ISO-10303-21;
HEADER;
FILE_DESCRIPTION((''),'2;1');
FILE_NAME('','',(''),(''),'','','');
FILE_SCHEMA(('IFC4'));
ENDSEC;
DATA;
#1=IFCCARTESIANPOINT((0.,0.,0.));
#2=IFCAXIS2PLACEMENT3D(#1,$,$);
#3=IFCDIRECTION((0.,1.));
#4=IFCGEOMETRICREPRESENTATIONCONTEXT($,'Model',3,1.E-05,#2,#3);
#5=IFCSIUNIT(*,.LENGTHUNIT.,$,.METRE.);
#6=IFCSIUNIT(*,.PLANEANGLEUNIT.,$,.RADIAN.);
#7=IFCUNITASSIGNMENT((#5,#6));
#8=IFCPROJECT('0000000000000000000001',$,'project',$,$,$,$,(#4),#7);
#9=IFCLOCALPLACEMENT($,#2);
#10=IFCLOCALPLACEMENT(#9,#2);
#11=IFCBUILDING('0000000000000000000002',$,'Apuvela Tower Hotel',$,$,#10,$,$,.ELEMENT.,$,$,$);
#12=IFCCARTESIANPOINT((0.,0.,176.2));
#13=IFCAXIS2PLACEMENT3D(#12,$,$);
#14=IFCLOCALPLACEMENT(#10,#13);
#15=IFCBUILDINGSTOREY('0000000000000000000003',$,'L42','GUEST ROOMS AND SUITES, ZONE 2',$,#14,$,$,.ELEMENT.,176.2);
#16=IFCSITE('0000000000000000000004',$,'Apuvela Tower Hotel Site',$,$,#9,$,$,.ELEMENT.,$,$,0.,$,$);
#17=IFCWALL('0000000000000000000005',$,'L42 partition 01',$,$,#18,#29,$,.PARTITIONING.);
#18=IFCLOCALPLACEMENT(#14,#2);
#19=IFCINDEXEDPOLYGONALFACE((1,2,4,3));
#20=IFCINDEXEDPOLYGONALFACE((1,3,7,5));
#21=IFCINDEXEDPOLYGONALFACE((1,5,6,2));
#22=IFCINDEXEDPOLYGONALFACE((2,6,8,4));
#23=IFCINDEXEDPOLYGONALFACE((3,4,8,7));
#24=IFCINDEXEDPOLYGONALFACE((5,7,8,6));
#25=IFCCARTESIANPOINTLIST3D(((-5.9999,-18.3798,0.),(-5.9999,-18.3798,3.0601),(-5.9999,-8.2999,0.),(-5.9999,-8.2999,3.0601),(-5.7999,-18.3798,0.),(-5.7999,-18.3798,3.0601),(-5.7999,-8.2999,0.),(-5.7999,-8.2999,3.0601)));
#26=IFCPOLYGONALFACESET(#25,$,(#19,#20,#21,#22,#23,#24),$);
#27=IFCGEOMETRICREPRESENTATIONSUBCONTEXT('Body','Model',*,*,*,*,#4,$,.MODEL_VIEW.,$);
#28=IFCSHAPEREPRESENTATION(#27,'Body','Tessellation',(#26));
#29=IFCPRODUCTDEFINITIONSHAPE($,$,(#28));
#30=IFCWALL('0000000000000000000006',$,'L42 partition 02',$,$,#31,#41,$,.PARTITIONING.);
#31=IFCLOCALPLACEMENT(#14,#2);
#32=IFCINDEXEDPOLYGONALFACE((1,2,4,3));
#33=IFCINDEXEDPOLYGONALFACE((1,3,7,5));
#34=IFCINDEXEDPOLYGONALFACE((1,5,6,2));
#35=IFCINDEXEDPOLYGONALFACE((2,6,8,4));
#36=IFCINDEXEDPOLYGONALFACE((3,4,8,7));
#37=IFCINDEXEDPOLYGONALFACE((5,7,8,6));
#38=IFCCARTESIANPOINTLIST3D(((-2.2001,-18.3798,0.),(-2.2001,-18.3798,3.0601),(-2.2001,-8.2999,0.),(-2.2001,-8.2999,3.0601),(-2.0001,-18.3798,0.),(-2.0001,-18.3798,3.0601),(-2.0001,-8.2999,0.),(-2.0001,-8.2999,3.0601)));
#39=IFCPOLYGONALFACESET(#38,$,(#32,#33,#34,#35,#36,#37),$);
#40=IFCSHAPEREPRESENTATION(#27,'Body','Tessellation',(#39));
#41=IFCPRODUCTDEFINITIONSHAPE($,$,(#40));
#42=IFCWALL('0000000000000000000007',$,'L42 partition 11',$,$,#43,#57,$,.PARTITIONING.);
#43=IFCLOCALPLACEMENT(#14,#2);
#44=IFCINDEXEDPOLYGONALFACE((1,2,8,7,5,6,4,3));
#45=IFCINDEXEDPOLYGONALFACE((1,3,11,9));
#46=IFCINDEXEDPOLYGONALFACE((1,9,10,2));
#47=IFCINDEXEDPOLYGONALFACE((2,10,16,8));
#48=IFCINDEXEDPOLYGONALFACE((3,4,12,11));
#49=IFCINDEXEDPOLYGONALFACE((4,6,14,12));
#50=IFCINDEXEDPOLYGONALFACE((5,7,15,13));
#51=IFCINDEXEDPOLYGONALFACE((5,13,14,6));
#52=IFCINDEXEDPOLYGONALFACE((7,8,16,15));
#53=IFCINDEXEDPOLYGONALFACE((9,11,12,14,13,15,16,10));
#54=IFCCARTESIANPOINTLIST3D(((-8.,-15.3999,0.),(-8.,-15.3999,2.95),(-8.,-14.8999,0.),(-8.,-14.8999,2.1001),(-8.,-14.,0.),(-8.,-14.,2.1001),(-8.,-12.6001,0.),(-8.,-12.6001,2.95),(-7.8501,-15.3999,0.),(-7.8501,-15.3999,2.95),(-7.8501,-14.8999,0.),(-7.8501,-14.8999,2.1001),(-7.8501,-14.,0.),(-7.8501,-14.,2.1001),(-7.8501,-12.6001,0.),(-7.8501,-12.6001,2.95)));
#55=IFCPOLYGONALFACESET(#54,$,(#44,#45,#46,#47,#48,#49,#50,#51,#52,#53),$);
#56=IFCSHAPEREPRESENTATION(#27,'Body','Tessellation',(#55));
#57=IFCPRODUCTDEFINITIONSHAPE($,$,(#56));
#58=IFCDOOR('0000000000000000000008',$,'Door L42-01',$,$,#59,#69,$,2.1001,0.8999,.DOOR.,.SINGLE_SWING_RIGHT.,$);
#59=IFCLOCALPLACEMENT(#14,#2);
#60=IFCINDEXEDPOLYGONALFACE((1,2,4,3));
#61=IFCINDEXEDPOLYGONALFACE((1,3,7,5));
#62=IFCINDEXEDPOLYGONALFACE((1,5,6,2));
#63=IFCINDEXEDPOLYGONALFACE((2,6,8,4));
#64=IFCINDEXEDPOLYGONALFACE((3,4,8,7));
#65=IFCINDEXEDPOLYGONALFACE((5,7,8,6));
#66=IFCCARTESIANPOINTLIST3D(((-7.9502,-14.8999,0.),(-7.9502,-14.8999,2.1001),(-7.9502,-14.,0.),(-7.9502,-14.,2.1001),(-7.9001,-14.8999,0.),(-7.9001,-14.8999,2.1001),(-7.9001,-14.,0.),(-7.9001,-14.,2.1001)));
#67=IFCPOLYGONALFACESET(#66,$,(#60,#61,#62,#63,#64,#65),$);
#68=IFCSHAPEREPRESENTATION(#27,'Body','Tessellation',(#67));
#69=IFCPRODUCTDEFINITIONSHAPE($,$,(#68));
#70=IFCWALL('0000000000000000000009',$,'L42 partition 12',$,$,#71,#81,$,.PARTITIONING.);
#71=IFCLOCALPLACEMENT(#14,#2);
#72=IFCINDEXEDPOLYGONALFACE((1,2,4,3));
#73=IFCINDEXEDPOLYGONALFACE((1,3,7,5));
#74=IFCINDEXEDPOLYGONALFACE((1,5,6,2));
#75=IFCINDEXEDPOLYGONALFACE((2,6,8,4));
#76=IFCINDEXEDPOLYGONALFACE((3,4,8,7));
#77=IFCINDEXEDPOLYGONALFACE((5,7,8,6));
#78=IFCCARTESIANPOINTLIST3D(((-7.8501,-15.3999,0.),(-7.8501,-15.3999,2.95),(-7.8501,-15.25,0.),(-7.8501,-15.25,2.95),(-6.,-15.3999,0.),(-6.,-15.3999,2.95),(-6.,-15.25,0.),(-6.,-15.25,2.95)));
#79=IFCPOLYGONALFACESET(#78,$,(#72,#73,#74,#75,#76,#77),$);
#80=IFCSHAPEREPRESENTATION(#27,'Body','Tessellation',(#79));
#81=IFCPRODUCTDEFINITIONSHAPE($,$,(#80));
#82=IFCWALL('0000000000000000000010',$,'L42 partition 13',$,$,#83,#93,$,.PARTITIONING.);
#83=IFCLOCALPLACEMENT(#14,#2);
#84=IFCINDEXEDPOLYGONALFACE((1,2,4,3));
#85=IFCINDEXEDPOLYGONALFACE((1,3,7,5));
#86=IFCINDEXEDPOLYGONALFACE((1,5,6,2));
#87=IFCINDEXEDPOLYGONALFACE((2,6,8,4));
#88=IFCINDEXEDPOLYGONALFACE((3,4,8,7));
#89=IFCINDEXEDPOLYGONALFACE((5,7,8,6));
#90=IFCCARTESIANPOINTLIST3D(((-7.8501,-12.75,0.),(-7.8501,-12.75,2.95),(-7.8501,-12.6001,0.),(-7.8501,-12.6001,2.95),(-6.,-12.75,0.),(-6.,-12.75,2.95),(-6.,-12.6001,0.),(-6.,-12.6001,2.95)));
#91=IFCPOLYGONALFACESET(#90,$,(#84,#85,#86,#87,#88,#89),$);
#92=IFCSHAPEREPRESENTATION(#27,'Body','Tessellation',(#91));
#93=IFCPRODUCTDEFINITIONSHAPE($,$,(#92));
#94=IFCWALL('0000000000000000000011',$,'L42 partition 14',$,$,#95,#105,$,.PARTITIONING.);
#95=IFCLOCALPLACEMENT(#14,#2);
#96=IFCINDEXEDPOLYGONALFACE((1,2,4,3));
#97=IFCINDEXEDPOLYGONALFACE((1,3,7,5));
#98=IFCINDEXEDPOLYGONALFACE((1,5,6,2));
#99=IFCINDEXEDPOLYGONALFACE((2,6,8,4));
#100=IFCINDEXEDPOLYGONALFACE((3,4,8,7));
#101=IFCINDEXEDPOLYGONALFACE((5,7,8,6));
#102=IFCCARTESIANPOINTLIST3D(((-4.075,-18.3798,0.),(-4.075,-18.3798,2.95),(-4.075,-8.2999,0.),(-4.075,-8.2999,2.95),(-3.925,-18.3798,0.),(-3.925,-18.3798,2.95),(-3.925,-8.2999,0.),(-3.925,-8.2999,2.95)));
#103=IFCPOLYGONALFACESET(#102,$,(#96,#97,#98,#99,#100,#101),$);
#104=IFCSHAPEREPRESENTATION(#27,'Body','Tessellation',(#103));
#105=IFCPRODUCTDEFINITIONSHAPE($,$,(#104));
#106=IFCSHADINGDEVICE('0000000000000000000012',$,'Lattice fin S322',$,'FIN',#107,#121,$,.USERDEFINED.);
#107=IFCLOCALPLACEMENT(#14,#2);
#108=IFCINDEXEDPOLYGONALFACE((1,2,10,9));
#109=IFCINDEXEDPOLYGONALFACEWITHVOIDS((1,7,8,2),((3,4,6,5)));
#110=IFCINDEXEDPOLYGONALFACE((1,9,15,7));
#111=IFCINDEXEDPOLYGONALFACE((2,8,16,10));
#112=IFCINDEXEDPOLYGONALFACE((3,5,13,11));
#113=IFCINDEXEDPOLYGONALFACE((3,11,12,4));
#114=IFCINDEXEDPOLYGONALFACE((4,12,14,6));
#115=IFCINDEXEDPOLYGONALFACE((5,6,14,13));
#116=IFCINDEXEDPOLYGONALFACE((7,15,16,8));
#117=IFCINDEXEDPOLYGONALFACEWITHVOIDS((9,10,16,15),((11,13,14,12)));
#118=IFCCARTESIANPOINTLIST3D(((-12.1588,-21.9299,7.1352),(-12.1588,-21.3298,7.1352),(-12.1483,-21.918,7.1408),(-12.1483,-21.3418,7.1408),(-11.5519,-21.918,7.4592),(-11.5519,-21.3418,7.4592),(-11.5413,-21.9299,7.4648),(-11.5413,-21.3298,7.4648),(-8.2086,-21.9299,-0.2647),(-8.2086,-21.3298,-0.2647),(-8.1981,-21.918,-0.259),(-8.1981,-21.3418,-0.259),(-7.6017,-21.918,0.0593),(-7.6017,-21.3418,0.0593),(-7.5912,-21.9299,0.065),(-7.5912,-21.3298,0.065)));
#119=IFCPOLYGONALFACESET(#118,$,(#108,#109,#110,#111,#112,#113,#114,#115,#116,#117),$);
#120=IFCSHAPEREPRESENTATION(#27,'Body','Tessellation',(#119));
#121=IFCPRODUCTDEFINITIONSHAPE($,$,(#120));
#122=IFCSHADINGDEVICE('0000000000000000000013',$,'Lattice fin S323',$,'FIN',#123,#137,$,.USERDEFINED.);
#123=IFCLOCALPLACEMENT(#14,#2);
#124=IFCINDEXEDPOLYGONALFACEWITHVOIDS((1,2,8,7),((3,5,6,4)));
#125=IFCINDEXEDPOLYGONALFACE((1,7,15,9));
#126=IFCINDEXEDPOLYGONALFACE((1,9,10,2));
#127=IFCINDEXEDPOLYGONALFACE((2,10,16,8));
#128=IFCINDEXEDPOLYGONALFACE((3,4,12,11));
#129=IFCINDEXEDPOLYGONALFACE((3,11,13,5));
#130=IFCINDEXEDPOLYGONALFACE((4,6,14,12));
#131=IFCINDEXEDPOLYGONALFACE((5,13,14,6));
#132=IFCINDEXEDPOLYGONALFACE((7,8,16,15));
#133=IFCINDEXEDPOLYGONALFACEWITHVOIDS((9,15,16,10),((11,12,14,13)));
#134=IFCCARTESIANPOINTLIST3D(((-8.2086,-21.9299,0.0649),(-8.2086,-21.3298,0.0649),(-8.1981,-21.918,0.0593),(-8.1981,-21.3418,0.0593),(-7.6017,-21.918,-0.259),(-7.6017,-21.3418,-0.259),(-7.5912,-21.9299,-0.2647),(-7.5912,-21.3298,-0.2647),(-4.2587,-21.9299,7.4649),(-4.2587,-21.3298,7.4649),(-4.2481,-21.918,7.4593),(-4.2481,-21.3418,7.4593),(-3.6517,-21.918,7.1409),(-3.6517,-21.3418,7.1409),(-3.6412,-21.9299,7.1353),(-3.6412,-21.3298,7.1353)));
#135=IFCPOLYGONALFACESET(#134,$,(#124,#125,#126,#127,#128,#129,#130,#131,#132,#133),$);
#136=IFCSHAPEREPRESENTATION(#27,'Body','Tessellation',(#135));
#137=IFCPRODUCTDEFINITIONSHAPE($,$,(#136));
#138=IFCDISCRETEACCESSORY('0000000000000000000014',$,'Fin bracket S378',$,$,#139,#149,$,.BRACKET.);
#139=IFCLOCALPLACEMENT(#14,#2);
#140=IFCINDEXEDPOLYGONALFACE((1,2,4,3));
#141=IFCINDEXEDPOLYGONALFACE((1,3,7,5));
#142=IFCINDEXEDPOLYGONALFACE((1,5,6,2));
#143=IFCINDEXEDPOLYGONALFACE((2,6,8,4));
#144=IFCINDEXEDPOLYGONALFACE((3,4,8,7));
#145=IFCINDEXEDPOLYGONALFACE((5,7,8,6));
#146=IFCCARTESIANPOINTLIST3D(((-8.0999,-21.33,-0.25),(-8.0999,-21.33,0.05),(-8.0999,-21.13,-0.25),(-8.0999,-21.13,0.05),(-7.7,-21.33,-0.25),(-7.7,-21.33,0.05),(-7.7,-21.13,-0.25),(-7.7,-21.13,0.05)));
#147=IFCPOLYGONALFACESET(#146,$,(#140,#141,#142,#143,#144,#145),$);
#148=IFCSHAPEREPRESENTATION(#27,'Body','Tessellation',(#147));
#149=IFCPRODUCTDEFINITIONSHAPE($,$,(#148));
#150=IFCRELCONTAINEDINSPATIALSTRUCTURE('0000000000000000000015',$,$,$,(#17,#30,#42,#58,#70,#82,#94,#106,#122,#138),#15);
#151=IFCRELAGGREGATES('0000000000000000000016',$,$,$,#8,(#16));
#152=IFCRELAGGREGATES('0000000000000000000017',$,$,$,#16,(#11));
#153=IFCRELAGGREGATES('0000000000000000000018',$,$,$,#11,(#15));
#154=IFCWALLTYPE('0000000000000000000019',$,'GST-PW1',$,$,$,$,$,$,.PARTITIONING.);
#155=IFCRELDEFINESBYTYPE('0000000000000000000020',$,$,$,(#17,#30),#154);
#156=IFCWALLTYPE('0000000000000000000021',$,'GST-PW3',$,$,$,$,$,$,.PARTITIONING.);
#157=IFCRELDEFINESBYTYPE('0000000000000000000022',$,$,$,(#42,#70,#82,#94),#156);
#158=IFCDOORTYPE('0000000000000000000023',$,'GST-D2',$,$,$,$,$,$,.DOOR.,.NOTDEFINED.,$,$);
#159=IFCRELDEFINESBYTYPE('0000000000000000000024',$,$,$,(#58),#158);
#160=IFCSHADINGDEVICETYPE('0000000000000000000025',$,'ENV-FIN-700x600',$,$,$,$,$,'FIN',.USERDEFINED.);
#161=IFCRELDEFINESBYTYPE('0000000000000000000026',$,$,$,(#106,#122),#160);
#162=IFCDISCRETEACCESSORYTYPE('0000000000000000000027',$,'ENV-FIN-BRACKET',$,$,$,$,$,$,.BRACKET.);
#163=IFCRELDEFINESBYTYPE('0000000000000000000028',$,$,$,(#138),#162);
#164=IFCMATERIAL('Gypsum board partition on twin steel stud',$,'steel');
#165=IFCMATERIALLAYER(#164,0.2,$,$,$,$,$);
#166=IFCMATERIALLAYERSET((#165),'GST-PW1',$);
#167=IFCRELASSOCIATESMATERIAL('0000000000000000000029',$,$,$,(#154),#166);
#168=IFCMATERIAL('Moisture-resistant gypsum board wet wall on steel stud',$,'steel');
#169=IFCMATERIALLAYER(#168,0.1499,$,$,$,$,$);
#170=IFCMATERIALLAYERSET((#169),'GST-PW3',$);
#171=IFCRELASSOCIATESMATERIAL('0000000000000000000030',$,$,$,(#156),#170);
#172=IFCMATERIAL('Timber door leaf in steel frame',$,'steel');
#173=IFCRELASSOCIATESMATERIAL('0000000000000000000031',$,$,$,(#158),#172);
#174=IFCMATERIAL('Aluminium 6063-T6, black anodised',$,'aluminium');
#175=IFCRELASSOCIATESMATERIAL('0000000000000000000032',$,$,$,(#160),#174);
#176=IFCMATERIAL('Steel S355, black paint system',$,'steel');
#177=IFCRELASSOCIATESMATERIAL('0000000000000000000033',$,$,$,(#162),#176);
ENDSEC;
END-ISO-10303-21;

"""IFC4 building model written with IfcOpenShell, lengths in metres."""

from ifc_helpers import new_model, si_unit, direction, frame, frame_2d, origin, origin_2d, place, context, subcontext, project, spatial, rectangle, hollow_rectangle, extrude, material, layer, layer_set, material_profile, profile_set, type_object, element, fill, save


model = new_model("IFC4")

# Units and contexts
model_context = context("Model", 3, precision=1e-05, world=origin(), true_north=direction((0.0, 1.0)))
body_context = subcontext(model_context, "Body", "Model", "MODEL_VIEW")
ifc_project = project(units=[si_unit("LENGTHUNIT", "METRE"), si_unit("PLANEANGLEUNIT", "RADIAN")], contexts=[model_context])

# Site, building, storey
site_placement = place(None, origin())
site = spatial("IfcSite", under=ifc_project, at=site_placement, Name="Apuvela Tower Hotel Site", CompositionType="ELEMENT", RefElevation=0.0)
building_placement = place(site_placement, origin())
building = spatial("IfcBuilding", under=site, at=building_placement, Name="Apuvela Tower Hotel", CompositionType="ELEMENT")
storey_placement = place(building_placement, frame((0.0, 0.0, 176.2)))
storey = spatial("IfcBuildingStorey", under=building, at=storey_placement, Name="L42", Description="GUEST ROOMS AND SUITES, ZONE 2", CompositionType="ELEMENT", Elevation=176.2)

# Walls
ifc_material_1 = material(Name="Gypsum board partition on twin steel stud", Category="steel")
ifc_layer_1 = layer(ifc_material_1, 0.2)
ifc_layer_set_1 = layer_set([ifc_layer_1], Name="GST-PW1")
wall_type_1 = type_object("IfcWallType", Name="GST-PW1", PredefinedType="PARTITIONING", material=ifc_layer_set_1)
for number, where, z_axis, x_axis, name in (
    (1, (-5.8999, -18.3799, 0.0), (0.0, 0.0, 1.0), (0.0, 1.0, 0.0), "L42 partition 01"),
    (2, (-2.1001, -18.3799, 0.0), (0.0, 0.0, 1.0), (0.0, 1.0, 0.0), "L42 partition 02"),
):
    element("IfcWall", number, at=place(storey_placement, frame(where, z_axis=z_axis, x_axis=x_axis)), inside=storey, type_object=wall_type_1, Name=name, PredefinedType="PARTITIONING", context=body_context, shape_type="SweptSolid", body=[
        extrude(rectangle(XDim=10.0798, YDim=0.2, at=frame_2d((5.04, 0.0))), origin(), (0.0, 0.0, 1.0), 3.0601),
    ])

# Wall, opening, door
ifc_material_2 = material(Name="Moisture-resistant gypsum board wet wall on steel stud", Category="steel")
ifc_layer_2 = layer(ifc_material_2, 0.1499)
ifc_layer_set_2 = layer_set([ifc_layer_2], Name="GST-PW3")
wall_type_2 = type_object("IfcWallType", Name="GST-PW3", PredefinedType="PARTITIONING", material=ifc_layer_set_2)
wall_1_placement = place(storey_placement, frame((-7.925, -12.6001, 0.0), z_axis=(0.0, 0.0, 1.0), x_axis=(0.0, -1.0, 0.0)))
wall_1 = element("IfcWall", 3, at=wall_1_placement, inside=storey, type_object=wall_type_2, Name="L42 partition 11", PredefinedType="PARTITIONING", context=body_context, shape_type="SweptSolid", body=[
    extrude(rectangle(XDim=2.7998, YDim=0.1499, at=frame_2d((1.3999, 0.0))), origin(), (0.0, 0.0, 1.0), 2.95),
])
opening_1_placement = place(wall_1_placement, frame((1.3999, 0.0, 0.0)))
opening_1 = element("IfcOpeningElement", 4, at=opening_1_placement, cuts=wall_1, PredefinedType="OPENING", context=body_context, shape_type="SweptSolid", body=[
    extrude(rectangle(XDim=0.8999, YDim=2.1001, at=frame_2d((0.45, 1.05))), frame((0.0, 0.085, 0.0), z_axis=(0.0, -1.0, 0.0), x_axis=(1.0, 0.0, 0.0)), (0.0, 0.0, 1.0), 0.1699),
])
ifc_material_3 = material(Name="Timber door leaf in steel frame", Category="steel")
door_type_1 = type_object("IfcDoorType", Name="GST-D2", OperationType="NOTDEFINED", PredefinedType="DOOR", material=ifc_material_3)
door_1_placement = place(opening_1_placement, origin())
door_1 = element("IfcDoor", 5, at=door_1_placement, inside=storey, type_object=door_type_1, Name="Door L42-01", OperationType="SINGLE_SWING_RIGHT", OverallHeight=2.1001, OverallWidth=0.8999, PredefinedType="DOOR", context=body_context, shape_type="SweptSolid", body=[
    extrude(rectangle(XDim=0.8999, YDim=2.1001, at=frame_2d((0.45, 1.05))), frame((0.0, 0.0249, 0.0), z_axis=(0.0, -1.0, 0.0), x_axis=(1.0, 0.0, 0.0)), (0.0, 0.0, 1.0), 0.05),
])
fill(opening_1, door_1)

# Walls
for number, where, z_axis, x_axis, name in (
    (6, (-7.8501, -15.325, 0.0), (0.0, 0.0, 1.0), (1.0, 0.0, 0.0), "L42 partition 12"),
    (7, (-7.8501, -12.675, 0.0), (0.0, 0.0, 1.0), (1.0, 0.0, 0.0), "L42 partition 13"),
):
    element("IfcWall", number, at=place(storey_placement, frame(where, z_axis=z_axis, x_axis=x_axis)), inside=storey, type_object=wall_type_2, Name=name, PredefinedType="PARTITIONING", context=body_context, shape_type="SweptSolid", body=[
        extrude(rectangle(XDim=1.8501, YDim=0.1499, at=frame_2d((0.925, 0.0))), origin(), (0.0, 0.0, 1.0), 2.95),
    ])
wall_2_placement = place(storey_placement, frame((-4.0, -18.3799, 0.0), z_axis=(0.0, 0.0, 1.0), x_axis=(0.0, 1.0, 0.0)))
element("IfcWall", 8, at=wall_2_placement, inside=storey, type_object=wall_type_2, Name="L42 partition 14", PredefinedType="PARTITIONING", context=body_context, shape_type="SweptSolid", body=[
    extrude(rectangle(XDim=10.0798, YDim=0.1499, at=frame_2d((5.04, 0.0))), origin(), (0.0, 0.0, 1.0), 2.95),
])

# Shading devices
ifc_material_4 = material(Name="Aluminium 6063-T6, black anodised", Category="aluminium")
ifc_material_profile_1 = material_profile(ifc_material_4, hollow_rectangle(XDim=0.6001, YDim=0.7, WallThickness=0.012, at=origin_2d()), Name="AL BOX 700x600x12")
ifc_profile_set_1 = profile_set([ifc_material_profile_1], Name="Aluminium 6063-T6, black anodised")
shading_device_type = type_object("IfcShadingDeviceType", Name="ENV-FIN-700x600", ElementType="FIN", PredefinedType="USERDEFINED", material=ifc_profile_set_1)
for number, where, z_axis, x_axis, name in (
    (9, (-7.8999, -21.6299, -0.0999), (-0.470921, 0.0, 0.882176), (0.0, -1.0, 0.0), "Lattice fin S322"),
    (10, (-7.8999, -21.6299, -0.0999), (0.470898, 0.0, 0.882188), (0.0, 1.0, 0.0), "Lattice fin S323"),
):
    element("IfcShadingDevice", number, at=place(storey_placement, frame(where, z_axis=z_axis, x_axis=x_axis)), inside=storey, type_object=shading_device_type, Name=name, ObjectType="FIN", PredefinedType="USERDEFINED", context=body_context, shape_type="SweptSolid", body=[
        extrude(hollow_rectangle(XDim=0.6001, YDim=0.7, WallThickness=0.012, at=origin_2d()), origin(), (0.0, 0.0, 1.0), 8.3882),
    ])

# Discrete accessory
ifc_material_5 = material(Name="Steel S355, black paint system", Category="steel")
discrete_accessory_type = type_object("IfcDiscreteAccessoryType", Name="ENV-FIN-BRACKET", PredefinedType="BRACKET", material=ifc_material_5)
discrete_accessory_placement = place(storey_placement, frame((-7.8999, -21.23, -0.25), z_axis=(0.0, 0.0, 1.0), x_axis=(1.0, 0.0, 0.0)))
element("IfcDiscreteAccessory", 11, at=discrete_accessory_placement, inside=storey, type_object=discrete_accessory_type, Name="Fin bracket S378", PredefinedType="BRACKET", context=body_context, shape_type="SweptSolid", body=[
    extrude(rectangle(XDim=0.3999, YDim=0.2, at=origin_2d()), origin(), (0.0, 0.0, 1.0), 0.3),
])

save(model, "model.ifc")
